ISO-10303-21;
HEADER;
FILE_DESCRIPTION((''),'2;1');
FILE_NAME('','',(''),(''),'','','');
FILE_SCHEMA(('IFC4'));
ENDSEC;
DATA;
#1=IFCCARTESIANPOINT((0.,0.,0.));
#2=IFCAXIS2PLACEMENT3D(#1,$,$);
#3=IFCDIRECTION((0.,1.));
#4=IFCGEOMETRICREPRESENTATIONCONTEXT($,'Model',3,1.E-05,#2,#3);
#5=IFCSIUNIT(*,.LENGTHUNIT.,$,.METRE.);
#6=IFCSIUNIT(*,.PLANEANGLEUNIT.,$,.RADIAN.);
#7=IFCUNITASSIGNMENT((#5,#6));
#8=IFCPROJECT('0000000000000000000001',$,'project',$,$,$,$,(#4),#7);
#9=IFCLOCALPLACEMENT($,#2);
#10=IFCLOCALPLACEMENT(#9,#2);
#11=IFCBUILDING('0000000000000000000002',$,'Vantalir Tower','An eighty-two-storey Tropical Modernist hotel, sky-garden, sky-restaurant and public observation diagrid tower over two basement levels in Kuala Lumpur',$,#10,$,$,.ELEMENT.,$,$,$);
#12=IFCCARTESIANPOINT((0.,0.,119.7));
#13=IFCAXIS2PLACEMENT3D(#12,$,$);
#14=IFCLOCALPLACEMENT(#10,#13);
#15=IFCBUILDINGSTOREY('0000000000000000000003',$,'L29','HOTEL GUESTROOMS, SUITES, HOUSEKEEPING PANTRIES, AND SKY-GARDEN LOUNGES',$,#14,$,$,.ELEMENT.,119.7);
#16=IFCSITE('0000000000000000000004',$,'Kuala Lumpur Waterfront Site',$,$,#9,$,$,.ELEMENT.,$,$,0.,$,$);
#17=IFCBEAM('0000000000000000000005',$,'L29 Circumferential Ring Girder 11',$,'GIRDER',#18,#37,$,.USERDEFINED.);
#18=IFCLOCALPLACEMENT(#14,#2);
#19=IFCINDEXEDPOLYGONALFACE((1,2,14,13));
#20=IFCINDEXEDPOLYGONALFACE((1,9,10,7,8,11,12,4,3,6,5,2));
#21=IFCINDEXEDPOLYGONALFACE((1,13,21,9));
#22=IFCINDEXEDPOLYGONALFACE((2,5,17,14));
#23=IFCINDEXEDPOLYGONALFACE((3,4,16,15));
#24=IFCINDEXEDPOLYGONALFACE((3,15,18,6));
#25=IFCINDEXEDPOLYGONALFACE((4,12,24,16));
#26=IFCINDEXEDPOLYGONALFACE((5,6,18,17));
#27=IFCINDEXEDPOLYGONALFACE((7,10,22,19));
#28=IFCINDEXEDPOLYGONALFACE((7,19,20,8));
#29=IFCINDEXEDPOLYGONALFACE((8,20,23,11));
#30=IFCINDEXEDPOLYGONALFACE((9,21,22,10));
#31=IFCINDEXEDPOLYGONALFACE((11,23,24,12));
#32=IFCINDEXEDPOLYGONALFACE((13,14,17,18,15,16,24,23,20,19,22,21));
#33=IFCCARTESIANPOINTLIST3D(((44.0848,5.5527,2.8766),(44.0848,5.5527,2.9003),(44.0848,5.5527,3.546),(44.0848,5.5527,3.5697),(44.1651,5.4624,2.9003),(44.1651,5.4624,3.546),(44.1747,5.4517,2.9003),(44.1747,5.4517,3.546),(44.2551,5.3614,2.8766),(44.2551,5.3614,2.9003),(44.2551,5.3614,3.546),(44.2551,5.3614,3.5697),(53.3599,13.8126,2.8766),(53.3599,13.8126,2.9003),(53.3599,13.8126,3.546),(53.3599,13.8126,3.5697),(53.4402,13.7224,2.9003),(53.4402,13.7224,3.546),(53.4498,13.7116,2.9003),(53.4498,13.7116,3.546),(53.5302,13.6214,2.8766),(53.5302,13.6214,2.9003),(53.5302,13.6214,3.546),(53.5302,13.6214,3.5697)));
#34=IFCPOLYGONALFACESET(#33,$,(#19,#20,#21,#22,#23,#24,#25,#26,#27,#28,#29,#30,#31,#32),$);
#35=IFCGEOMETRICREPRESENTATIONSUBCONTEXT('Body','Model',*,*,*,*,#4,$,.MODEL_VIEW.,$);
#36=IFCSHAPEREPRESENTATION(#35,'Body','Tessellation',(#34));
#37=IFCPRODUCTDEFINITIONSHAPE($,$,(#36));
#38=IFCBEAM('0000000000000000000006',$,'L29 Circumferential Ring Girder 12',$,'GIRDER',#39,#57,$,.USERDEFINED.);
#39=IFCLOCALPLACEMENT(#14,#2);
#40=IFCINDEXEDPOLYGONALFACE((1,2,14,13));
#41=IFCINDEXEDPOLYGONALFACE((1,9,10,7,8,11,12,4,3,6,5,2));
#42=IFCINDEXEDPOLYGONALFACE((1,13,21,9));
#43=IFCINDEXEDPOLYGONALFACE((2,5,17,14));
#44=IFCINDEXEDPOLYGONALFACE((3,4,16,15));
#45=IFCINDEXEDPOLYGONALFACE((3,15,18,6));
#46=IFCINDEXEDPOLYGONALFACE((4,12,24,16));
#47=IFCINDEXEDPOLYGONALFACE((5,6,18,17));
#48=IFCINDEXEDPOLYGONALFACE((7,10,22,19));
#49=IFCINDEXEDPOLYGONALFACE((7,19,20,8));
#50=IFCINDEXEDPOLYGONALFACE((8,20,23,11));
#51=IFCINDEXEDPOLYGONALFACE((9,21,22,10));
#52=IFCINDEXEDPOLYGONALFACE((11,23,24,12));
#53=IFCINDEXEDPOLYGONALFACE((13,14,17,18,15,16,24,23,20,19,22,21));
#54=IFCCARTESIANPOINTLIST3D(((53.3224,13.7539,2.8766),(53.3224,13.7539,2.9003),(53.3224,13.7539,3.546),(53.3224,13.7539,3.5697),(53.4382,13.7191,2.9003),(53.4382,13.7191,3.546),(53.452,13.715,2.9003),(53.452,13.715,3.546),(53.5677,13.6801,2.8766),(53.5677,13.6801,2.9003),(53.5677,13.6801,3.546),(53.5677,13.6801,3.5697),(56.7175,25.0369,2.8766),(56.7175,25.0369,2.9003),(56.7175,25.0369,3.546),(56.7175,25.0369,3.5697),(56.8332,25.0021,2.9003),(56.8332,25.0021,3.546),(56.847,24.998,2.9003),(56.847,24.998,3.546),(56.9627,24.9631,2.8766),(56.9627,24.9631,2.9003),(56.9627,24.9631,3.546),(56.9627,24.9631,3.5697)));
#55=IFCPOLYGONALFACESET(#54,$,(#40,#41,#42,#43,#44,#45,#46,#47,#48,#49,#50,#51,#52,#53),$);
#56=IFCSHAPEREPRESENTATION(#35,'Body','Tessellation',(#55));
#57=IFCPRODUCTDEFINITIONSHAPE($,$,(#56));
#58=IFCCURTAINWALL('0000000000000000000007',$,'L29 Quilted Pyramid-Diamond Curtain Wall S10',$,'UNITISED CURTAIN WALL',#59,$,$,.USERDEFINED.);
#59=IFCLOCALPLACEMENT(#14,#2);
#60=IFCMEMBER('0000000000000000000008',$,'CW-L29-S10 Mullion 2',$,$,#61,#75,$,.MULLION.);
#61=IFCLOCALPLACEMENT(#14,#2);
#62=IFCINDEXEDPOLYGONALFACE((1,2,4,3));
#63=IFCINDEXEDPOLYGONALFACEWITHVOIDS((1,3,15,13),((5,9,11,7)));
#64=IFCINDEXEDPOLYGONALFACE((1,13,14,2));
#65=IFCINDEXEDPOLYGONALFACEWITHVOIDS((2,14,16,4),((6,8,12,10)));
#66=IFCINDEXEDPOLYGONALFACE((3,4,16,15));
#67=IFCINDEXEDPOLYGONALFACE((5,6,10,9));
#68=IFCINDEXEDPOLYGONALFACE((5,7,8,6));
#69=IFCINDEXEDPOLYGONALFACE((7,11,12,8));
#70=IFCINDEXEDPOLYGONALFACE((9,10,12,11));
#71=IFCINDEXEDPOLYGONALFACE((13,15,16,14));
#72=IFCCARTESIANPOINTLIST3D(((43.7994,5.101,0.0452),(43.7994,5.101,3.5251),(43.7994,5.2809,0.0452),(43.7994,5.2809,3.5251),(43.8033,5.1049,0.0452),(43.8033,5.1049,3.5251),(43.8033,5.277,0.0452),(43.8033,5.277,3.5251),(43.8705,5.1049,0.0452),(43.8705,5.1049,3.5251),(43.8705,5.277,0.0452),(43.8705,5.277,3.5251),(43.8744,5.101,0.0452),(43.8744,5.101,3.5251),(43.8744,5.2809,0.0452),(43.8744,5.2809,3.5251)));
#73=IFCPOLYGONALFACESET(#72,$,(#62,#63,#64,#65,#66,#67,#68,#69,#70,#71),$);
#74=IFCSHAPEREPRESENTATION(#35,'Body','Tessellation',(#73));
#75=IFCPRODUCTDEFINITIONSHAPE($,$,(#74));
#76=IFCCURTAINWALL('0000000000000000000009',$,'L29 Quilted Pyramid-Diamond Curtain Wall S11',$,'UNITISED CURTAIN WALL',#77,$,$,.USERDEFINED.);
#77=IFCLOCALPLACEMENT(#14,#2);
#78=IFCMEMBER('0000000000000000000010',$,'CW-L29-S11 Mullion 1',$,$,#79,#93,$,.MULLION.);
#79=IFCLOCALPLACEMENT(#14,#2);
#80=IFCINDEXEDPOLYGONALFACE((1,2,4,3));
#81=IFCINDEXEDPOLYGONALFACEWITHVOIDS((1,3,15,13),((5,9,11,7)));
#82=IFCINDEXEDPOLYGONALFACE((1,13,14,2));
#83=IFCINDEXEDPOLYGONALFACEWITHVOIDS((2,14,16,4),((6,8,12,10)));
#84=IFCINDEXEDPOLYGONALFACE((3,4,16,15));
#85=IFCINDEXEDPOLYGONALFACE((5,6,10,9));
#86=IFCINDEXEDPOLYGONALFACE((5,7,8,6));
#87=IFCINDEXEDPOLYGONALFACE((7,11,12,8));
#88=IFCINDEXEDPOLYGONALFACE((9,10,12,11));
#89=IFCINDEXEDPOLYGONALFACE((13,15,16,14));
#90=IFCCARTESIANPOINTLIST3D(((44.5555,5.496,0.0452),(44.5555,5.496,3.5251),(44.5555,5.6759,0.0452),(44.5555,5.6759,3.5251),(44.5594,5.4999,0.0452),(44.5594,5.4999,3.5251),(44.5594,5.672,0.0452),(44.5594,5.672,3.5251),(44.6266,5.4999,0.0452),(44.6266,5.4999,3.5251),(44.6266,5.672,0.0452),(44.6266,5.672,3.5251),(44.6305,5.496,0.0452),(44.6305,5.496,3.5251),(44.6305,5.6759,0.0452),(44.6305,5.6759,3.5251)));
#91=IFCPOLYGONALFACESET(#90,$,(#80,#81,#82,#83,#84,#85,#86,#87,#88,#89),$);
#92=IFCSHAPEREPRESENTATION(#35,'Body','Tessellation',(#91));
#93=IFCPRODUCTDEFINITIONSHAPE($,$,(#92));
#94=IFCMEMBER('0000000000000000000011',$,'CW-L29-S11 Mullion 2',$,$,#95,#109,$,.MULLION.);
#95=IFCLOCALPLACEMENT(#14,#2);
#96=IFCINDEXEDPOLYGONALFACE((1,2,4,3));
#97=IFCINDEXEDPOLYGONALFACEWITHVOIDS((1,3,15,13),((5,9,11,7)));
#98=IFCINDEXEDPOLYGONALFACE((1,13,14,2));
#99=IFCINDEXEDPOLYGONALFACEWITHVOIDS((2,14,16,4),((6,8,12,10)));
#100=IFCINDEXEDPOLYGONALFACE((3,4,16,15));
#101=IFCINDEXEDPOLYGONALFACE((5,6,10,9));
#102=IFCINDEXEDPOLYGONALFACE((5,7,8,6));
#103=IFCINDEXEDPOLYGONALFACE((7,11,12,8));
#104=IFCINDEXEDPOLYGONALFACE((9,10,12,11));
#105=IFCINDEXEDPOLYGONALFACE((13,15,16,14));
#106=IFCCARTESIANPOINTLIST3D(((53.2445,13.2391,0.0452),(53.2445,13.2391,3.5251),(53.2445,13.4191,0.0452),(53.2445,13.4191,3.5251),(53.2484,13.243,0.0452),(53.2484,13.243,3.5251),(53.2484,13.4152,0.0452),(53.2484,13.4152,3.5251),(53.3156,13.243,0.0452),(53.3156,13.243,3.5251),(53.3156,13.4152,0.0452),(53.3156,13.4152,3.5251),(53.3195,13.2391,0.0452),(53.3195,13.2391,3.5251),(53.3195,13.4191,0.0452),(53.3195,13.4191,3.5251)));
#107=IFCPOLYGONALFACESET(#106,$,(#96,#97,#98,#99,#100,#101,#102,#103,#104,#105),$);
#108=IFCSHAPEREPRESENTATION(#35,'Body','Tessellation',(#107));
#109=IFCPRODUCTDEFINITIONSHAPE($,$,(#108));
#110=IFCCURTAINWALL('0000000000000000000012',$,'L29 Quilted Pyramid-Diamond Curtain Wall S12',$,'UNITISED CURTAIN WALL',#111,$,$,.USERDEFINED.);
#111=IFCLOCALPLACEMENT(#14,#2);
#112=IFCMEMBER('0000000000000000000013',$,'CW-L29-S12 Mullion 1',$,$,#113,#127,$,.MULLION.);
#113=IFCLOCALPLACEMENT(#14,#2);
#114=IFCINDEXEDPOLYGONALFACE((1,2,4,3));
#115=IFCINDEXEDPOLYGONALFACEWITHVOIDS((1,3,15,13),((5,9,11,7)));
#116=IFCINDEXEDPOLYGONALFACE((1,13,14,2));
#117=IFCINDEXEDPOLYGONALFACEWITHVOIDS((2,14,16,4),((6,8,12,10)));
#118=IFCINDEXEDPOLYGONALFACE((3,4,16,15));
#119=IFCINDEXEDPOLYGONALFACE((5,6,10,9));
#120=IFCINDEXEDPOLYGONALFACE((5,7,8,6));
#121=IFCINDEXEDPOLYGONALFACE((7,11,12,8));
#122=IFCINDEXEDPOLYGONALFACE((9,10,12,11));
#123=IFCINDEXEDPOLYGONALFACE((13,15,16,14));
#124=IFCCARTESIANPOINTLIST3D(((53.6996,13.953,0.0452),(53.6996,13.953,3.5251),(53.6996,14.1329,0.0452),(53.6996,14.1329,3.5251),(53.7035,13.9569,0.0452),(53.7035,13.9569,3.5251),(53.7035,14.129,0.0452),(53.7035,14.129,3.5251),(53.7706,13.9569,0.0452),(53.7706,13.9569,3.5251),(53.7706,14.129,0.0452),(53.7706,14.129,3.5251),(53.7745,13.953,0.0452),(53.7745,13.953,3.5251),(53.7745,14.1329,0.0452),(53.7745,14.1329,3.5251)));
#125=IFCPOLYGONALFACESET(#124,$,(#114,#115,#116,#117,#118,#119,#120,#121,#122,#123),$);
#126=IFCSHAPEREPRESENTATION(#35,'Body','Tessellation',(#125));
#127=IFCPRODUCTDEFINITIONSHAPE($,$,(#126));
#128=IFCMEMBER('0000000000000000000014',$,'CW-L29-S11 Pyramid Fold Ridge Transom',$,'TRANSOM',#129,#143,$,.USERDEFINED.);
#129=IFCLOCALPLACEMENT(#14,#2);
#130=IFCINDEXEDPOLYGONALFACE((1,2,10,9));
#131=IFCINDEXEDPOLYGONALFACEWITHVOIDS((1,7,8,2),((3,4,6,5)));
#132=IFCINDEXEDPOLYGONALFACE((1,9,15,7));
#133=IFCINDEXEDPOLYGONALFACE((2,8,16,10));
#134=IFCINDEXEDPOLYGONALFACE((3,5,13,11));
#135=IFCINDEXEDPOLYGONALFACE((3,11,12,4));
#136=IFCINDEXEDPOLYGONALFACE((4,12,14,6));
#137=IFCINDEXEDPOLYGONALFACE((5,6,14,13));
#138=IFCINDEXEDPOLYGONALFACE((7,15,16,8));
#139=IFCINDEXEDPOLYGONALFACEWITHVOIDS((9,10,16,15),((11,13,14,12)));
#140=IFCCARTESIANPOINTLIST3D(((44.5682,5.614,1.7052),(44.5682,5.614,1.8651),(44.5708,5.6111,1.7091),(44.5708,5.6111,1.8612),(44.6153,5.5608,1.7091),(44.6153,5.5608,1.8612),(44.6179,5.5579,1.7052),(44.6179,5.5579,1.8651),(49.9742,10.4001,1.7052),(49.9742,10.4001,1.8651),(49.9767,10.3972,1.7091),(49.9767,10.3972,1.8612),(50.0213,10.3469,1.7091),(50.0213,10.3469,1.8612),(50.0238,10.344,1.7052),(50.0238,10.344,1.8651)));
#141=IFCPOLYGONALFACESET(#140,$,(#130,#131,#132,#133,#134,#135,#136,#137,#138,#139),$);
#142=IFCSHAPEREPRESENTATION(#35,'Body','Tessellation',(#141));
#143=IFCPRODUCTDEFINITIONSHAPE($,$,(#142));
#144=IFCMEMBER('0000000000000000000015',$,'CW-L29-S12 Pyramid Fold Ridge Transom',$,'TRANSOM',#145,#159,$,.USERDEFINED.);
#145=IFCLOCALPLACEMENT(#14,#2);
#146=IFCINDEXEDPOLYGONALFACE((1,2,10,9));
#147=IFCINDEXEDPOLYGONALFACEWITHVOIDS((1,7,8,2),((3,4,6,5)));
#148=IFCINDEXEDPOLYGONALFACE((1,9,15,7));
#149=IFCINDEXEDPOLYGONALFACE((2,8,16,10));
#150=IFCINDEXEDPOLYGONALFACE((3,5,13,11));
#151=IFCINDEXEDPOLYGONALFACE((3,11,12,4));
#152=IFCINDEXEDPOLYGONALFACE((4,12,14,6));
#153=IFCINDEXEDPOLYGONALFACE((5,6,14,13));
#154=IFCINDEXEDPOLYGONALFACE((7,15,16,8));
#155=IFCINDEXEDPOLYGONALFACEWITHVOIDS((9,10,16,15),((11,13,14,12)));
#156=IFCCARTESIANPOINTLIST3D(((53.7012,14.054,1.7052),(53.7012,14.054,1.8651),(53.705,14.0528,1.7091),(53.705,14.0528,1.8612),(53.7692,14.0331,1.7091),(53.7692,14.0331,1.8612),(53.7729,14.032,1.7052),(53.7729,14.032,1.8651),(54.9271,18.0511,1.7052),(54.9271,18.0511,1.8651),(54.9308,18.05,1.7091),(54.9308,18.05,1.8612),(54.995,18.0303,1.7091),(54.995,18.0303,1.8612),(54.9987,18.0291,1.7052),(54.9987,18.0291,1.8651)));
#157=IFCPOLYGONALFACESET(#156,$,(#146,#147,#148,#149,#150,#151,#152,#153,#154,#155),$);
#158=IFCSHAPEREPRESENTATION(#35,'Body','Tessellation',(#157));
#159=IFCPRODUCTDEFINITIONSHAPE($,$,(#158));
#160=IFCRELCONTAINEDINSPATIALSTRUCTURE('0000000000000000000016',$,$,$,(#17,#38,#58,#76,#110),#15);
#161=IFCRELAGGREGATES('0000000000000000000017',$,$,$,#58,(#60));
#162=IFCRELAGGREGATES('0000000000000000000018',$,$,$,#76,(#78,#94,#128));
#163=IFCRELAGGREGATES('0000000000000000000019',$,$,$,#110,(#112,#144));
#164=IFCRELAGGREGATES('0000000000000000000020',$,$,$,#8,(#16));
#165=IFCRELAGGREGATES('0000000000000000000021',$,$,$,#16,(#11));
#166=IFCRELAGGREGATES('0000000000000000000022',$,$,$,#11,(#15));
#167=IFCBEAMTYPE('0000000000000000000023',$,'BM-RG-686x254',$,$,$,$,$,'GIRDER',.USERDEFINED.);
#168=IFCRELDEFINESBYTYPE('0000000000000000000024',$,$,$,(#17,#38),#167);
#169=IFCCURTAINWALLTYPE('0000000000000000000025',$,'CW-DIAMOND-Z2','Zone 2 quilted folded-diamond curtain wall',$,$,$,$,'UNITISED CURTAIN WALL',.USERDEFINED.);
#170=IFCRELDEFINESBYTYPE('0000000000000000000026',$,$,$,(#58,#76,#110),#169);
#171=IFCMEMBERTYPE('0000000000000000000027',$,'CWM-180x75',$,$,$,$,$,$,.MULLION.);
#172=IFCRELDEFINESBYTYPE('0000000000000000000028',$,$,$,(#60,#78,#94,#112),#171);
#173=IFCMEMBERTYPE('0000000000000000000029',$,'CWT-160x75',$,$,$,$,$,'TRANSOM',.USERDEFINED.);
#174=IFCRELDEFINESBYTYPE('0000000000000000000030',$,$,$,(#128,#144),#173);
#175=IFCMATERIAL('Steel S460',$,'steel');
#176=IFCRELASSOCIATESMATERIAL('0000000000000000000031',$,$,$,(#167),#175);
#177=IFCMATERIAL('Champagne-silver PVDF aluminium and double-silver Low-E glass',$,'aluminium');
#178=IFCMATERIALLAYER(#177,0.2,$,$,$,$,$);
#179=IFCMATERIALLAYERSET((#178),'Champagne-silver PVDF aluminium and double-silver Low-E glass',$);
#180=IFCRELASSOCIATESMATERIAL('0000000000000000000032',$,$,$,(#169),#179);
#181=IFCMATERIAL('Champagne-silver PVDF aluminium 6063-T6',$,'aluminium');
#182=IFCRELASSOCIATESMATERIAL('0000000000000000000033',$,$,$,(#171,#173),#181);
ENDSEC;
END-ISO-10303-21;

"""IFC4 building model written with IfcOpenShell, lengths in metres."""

from ifc_helpers import new_model, si_unit, direction, frame, origin, origin_2d, place, context, subcontext, project, spatial, hollow_rectangle, i_section, extrude, material, layer, layer_set, material_profile, profile_set, type_object, element, aggregate, save


model = new_model("IFC4")

# Units and contexts
model_context = context("Model", 3, precision=1e-05, world=origin(), true_north=direction((0.0, 1.0)))
body_context = subcontext(model_context, "Body", "Model", "MODEL_VIEW")
ifc_project = project(units=[si_unit("LENGTHUNIT", "METRE"), si_unit("PLANEANGLEUNIT", "RADIAN")], contexts=[model_context])

# Site, building, storey
site_placement = place(None, origin())
site = spatial("IfcSite", under=ifc_project, at=site_placement, Name="Kuala Lumpur Waterfront Site", CompositionType="ELEMENT", RefElevation=0.0)
building_placement = place(site_placement, origin())
building = spatial("IfcBuilding", under=site, at=building_placement, Name="Vantalir Tower", Description="An eighty-two-storey Tropical Modernist hotel, sky-garden, sky-restaurant and public observation diagrid tower over two basement levels in Kuala Lumpur", CompositionType="ELEMENT")
storey_placement = place(building_placement, frame((0.0, 0.0, 119.7)))
storey = spatial("IfcBuildingStorey", under=building, at=storey_placement, Name="L29", Description="HOTEL GUESTROOMS, SUITES, HOUSEKEEPING PANTRIES, AND SKY-GARDEN LOUNGES", CompositionType="ELEMENT", Elevation=119.7)

# Shared definitions
ifc_material_1 = material(Name="Steel S460", Category="steel")

# Beams
ifc_material_profile_1 = material_profile(ifc_material_1, i_section(OverallWidth=0.2561, OverallDepth=0.6931, WebThickness=0.0144, FlangeThickness=0.0237, at=origin_2d()), Name="Steel S460")
ifc_profile_set_1 = profile_set([ifc_material_profile_1], Name="Steel S460")
beam_type_1 = type_object("IfcBeamType", Name="BM-RG-686x254", ElementType="GIRDER", PredefinedType="USERDEFINED", material=ifc_profile_set_1)
beam_1_placement = place(storey_placement, frame((44.1699, 5.457, 3.2231), z_axis=(0.746792, 0.665058, 0.0), x_axis=(-0.665058, 0.746792, 0.0)))
element("IfcBeam", 1, at=beam_1_placement, inside=storey, type_object=beam_type_1, Name="L29 Circumferential Ring Girder 11", ObjectType="GIRDER", PredefinedType="USERDEFINED", context=body_context, shape_type="SweptSolid", body=[
    extrude(i_section(OverallWidth=0.2561, OverallDepth=0.6931, WebThickness=0.0144, FlangeThickness=0.0237, at=origin_2d()), origin(), (0.0, 0.0, 1.0), 12.4199),
])
beam_2_placement = place(storey_placement, frame((53.4451, 13.717, 3.2231), z_axis=(0.288137, 0.957589, 0.0), x_axis=(-0.957589, 0.288137, 0.0)))
element("IfcBeam", 2, at=beam_2_placement, inside=storey, type_object=beam_type_1, Name="L29 Circumferential Ring Girder 12", ObjectType="GIRDER", PredefinedType="USERDEFINED", context=body_context, shape_type="SweptSolid", body=[
    extrude(i_section(OverallWidth=0.2561, OverallDepth=0.6931, WebThickness=0.0144, FlangeThickness=0.0237, at=origin_2d()), origin(), (0.0, 0.0, 1.0), 11.7827),
])

# Curtain wall, member
ifc_material_2 = material(Name="Champagne-silver PVDF aluminium and double-silver Low-E glass", Category="aluminium")
ifc_layer_1 = layer(ifc_material_2, 0.2)
ifc_layer_set_1 = layer_set([ifc_layer_1], Name="Champagne-silver PVDF aluminium and double-silver Low-E glass")
curtain_wall_type = type_object("IfcCurtainWallType", Name="CW-DIAMOND-Z2", Description="Zone 2 quilted folded-diamond curtain wall", ElementType="UNITISED CURTAIN WALL", PredefinedType="USERDEFINED", material=ifc_layer_set_1)
curtain_wall_1_placement = place(storey_placement, origin())
curtain_wall_1 = element("IfcCurtainWall", 3, at=curtain_wall_1_placement, inside=storey, type_object=curtain_wall_type, Name="L29 Quilted Pyramid-Diamond Curtain Wall S10", ObjectType="UNITISED CURTAIN WALL", PredefinedType="USERDEFINED")
ifc_material_3 = material(Name="Champagne-silver PVDF aluminium 6063-T6", Category="aluminium")
ifc_material_profile_2 = material_profile(ifc_material_3, hollow_rectangle(XDim=0.075, YDim=0.1799, WallThickness=0.0039, at=origin_2d()), Name="Champagne-silver PVDF aluminium 6063-T6")
ifc_profile_set_2 = profile_set([ifc_material_profile_2], Name="Champagne-silver PVDF aluminium 6063-T6")
member_type_1 = type_object("IfcMemberType", Name="CWM-180x75", PredefinedType="MULLION", material=ifc_profile_set_2)
member_1_placement = place(storey_placement, frame((43.8369, 5.1909, 0.0452), z_axis=(0.0, 0.0, 1.0), x_axis=(1.0, 0.0, 0.0)))
member_1 = element("IfcMember", 4, at=member_1_placement, type_object=member_type_1, Name="CW-L29-S10 Mullion 2", PredefinedType="MULLION", context=body_context, shape_type="SweptSolid", body=[
    extrude(hollow_rectangle(XDim=0.075, YDim=0.1799, WallThickness=0.0039, at=origin_2d()), origin(), (0.0, 0.0, 1.0), 3.48),
])
aggregate(curtain_wall_1, [member_1])

# Curtain wall, members
curtain_wall_2_placement = place(storey_placement, origin())
curtain_wall_2 = element("IfcCurtainWall", 5, at=curtain_wall_2_placement, inside=storey, type_object=curtain_wall_type, Name="L29 Quilted Pyramid-Diamond Curtain Wall S11", ObjectType="UNITISED CURTAIN WALL", PredefinedType="USERDEFINED")
member_2_placement = place(storey_placement, frame((44.593, 5.5859, 0.0452), z_axis=(0.0, 0.0, 1.0), x_axis=(1.0, 0.0, 0.0)))
member_2 = element("IfcMember", 6, at=member_2_placement, type_object=member_type_1, Name="CW-L29-S11 Mullion 1", PredefinedType="MULLION", context=body_context, shape_type="SweptSolid", body=[
    extrude(hollow_rectangle(XDim=0.075, YDim=0.1799, WallThickness=0.0039, at=origin_2d()), origin(), (0.0, 0.0, 1.0), 3.48),
])
member_3_placement = place(storey_placement, frame((53.282, 13.3291, 0.0452), z_axis=(0.0, 0.0, 1.0), x_axis=(1.0, 0.0, 0.0)))
member_3 = element("IfcMember", 7, at=member_3_placement, type_object=member_type_1, Name="CW-L29-S11 Mullion 2", PredefinedType="MULLION", context=body_context, shape_type="SweptSolid", body=[
    extrude(hollow_rectangle(XDim=0.075, YDim=0.1799, WallThickness=0.0039, at=origin_2d()), origin(), (0.0, 0.0, 1.0), 3.48),
])

# Curtain wall, member
curtain_wall_3_placement = place(storey_placement, origin())
curtain_wall_3 = element("IfcCurtainWall", 8, at=curtain_wall_3_placement, inside=storey, type_object=curtain_wall_type, Name="L29 Quilted Pyramid-Diamond Curtain Wall S12", ObjectType="UNITISED CURTAIN WALL", PredefinedType="USERDEFINED")
member_4_placement = place(storey_placement, frame((53.7371, 14.043, 0.0452), z_axis=(0.0, 0.0, 1.0), x_axis=(1.0, 0.0, 0.0)))
member_4 = element("IfcMember", 9, at=member_4_placement, type_object=member_type_1, Name="CW-L29-S12 Mullion 1", PredefinedType="MULLION", context=body_context, shape_type="SweptSolid", body=[
    extrude(hollow_rectangle(XDim=0.075, YDim=0.1799, WallThickness=0.0039, at=origin_2d()), origin(), (0.0, 0.0, 1.0), 3.48),
])

# Members
ifc_material_profile_3 = material_profile(ifc_material_3, hollow_rectangle(XDim=0.075, YDim=0.1599, WallThickness=0.0039, at=origin_2d()), Name="Champagne-silver PVDF aluminium 6063-T6")
ifc_profile_set_3 = profile_set([ifc_material_profile_3], Name="Champagne-silver PVDF aluminium 6063-T6")
member_type_2 = type_object("IfcMemberType", Name="CWT-160x75", ElementType="TRANSOM", PredefinedType="USERDEFINED", material=ifc_profile_set_3)
member_5_placement = place(storey_placement, frame((44.593, 5.5859, 1.7852), z_axis=(0.748729, 0.662877, 0.0), x_axis=(-0.662877, 0.748729, 0.0)))
member_5 = element("IfcMember", 10, at=member_5_placement, type_object=member_type_2, Name="CW-L29-S11 Pyramid Fold Ridge Transom", ObjectType="TRANSOM", PredefinedType="USERDEFINED", context=body_context, shape_type="SweptSolid", body=[
    extrude(hollow_rectangle(XDim=0.075, YDim=0.1599, WallThickness=0.0039, at=origin_2d()), origin(), (0.0, 0.0, 1.0), 7.2202),
])
member_6_placement = place(storey_placement, frame((53.7371, 14.043, 1.7852), z_axis=(0.293203, 0.95605, 0.0), x_axis=(-0.95605, 0.293203, 0.0)))
member_6 = element("IfcMember", 11, at=member_6_placement, type_object=member_type_2, Name="CW-L29-S12 Pyramid Fold Ridge Transom", ObjectType="TRANSOM", PredefinedType="USERDEFINED", context=body_context, shape_type="SweptSolid", body=[
    extrude(hollow_rectangle(XDim=0.075, YDim=0.1599, WallThickness=0.0039, at=origin_2d()), origin(), (0.0, 0.0, 1.0), 4.1809),
])

aggregate(curtain_wall_2, [member_2, member_3, member_5])
aggregate(curtain_wall_3, [member_4, member_6])

save(model, "model.ifc")
